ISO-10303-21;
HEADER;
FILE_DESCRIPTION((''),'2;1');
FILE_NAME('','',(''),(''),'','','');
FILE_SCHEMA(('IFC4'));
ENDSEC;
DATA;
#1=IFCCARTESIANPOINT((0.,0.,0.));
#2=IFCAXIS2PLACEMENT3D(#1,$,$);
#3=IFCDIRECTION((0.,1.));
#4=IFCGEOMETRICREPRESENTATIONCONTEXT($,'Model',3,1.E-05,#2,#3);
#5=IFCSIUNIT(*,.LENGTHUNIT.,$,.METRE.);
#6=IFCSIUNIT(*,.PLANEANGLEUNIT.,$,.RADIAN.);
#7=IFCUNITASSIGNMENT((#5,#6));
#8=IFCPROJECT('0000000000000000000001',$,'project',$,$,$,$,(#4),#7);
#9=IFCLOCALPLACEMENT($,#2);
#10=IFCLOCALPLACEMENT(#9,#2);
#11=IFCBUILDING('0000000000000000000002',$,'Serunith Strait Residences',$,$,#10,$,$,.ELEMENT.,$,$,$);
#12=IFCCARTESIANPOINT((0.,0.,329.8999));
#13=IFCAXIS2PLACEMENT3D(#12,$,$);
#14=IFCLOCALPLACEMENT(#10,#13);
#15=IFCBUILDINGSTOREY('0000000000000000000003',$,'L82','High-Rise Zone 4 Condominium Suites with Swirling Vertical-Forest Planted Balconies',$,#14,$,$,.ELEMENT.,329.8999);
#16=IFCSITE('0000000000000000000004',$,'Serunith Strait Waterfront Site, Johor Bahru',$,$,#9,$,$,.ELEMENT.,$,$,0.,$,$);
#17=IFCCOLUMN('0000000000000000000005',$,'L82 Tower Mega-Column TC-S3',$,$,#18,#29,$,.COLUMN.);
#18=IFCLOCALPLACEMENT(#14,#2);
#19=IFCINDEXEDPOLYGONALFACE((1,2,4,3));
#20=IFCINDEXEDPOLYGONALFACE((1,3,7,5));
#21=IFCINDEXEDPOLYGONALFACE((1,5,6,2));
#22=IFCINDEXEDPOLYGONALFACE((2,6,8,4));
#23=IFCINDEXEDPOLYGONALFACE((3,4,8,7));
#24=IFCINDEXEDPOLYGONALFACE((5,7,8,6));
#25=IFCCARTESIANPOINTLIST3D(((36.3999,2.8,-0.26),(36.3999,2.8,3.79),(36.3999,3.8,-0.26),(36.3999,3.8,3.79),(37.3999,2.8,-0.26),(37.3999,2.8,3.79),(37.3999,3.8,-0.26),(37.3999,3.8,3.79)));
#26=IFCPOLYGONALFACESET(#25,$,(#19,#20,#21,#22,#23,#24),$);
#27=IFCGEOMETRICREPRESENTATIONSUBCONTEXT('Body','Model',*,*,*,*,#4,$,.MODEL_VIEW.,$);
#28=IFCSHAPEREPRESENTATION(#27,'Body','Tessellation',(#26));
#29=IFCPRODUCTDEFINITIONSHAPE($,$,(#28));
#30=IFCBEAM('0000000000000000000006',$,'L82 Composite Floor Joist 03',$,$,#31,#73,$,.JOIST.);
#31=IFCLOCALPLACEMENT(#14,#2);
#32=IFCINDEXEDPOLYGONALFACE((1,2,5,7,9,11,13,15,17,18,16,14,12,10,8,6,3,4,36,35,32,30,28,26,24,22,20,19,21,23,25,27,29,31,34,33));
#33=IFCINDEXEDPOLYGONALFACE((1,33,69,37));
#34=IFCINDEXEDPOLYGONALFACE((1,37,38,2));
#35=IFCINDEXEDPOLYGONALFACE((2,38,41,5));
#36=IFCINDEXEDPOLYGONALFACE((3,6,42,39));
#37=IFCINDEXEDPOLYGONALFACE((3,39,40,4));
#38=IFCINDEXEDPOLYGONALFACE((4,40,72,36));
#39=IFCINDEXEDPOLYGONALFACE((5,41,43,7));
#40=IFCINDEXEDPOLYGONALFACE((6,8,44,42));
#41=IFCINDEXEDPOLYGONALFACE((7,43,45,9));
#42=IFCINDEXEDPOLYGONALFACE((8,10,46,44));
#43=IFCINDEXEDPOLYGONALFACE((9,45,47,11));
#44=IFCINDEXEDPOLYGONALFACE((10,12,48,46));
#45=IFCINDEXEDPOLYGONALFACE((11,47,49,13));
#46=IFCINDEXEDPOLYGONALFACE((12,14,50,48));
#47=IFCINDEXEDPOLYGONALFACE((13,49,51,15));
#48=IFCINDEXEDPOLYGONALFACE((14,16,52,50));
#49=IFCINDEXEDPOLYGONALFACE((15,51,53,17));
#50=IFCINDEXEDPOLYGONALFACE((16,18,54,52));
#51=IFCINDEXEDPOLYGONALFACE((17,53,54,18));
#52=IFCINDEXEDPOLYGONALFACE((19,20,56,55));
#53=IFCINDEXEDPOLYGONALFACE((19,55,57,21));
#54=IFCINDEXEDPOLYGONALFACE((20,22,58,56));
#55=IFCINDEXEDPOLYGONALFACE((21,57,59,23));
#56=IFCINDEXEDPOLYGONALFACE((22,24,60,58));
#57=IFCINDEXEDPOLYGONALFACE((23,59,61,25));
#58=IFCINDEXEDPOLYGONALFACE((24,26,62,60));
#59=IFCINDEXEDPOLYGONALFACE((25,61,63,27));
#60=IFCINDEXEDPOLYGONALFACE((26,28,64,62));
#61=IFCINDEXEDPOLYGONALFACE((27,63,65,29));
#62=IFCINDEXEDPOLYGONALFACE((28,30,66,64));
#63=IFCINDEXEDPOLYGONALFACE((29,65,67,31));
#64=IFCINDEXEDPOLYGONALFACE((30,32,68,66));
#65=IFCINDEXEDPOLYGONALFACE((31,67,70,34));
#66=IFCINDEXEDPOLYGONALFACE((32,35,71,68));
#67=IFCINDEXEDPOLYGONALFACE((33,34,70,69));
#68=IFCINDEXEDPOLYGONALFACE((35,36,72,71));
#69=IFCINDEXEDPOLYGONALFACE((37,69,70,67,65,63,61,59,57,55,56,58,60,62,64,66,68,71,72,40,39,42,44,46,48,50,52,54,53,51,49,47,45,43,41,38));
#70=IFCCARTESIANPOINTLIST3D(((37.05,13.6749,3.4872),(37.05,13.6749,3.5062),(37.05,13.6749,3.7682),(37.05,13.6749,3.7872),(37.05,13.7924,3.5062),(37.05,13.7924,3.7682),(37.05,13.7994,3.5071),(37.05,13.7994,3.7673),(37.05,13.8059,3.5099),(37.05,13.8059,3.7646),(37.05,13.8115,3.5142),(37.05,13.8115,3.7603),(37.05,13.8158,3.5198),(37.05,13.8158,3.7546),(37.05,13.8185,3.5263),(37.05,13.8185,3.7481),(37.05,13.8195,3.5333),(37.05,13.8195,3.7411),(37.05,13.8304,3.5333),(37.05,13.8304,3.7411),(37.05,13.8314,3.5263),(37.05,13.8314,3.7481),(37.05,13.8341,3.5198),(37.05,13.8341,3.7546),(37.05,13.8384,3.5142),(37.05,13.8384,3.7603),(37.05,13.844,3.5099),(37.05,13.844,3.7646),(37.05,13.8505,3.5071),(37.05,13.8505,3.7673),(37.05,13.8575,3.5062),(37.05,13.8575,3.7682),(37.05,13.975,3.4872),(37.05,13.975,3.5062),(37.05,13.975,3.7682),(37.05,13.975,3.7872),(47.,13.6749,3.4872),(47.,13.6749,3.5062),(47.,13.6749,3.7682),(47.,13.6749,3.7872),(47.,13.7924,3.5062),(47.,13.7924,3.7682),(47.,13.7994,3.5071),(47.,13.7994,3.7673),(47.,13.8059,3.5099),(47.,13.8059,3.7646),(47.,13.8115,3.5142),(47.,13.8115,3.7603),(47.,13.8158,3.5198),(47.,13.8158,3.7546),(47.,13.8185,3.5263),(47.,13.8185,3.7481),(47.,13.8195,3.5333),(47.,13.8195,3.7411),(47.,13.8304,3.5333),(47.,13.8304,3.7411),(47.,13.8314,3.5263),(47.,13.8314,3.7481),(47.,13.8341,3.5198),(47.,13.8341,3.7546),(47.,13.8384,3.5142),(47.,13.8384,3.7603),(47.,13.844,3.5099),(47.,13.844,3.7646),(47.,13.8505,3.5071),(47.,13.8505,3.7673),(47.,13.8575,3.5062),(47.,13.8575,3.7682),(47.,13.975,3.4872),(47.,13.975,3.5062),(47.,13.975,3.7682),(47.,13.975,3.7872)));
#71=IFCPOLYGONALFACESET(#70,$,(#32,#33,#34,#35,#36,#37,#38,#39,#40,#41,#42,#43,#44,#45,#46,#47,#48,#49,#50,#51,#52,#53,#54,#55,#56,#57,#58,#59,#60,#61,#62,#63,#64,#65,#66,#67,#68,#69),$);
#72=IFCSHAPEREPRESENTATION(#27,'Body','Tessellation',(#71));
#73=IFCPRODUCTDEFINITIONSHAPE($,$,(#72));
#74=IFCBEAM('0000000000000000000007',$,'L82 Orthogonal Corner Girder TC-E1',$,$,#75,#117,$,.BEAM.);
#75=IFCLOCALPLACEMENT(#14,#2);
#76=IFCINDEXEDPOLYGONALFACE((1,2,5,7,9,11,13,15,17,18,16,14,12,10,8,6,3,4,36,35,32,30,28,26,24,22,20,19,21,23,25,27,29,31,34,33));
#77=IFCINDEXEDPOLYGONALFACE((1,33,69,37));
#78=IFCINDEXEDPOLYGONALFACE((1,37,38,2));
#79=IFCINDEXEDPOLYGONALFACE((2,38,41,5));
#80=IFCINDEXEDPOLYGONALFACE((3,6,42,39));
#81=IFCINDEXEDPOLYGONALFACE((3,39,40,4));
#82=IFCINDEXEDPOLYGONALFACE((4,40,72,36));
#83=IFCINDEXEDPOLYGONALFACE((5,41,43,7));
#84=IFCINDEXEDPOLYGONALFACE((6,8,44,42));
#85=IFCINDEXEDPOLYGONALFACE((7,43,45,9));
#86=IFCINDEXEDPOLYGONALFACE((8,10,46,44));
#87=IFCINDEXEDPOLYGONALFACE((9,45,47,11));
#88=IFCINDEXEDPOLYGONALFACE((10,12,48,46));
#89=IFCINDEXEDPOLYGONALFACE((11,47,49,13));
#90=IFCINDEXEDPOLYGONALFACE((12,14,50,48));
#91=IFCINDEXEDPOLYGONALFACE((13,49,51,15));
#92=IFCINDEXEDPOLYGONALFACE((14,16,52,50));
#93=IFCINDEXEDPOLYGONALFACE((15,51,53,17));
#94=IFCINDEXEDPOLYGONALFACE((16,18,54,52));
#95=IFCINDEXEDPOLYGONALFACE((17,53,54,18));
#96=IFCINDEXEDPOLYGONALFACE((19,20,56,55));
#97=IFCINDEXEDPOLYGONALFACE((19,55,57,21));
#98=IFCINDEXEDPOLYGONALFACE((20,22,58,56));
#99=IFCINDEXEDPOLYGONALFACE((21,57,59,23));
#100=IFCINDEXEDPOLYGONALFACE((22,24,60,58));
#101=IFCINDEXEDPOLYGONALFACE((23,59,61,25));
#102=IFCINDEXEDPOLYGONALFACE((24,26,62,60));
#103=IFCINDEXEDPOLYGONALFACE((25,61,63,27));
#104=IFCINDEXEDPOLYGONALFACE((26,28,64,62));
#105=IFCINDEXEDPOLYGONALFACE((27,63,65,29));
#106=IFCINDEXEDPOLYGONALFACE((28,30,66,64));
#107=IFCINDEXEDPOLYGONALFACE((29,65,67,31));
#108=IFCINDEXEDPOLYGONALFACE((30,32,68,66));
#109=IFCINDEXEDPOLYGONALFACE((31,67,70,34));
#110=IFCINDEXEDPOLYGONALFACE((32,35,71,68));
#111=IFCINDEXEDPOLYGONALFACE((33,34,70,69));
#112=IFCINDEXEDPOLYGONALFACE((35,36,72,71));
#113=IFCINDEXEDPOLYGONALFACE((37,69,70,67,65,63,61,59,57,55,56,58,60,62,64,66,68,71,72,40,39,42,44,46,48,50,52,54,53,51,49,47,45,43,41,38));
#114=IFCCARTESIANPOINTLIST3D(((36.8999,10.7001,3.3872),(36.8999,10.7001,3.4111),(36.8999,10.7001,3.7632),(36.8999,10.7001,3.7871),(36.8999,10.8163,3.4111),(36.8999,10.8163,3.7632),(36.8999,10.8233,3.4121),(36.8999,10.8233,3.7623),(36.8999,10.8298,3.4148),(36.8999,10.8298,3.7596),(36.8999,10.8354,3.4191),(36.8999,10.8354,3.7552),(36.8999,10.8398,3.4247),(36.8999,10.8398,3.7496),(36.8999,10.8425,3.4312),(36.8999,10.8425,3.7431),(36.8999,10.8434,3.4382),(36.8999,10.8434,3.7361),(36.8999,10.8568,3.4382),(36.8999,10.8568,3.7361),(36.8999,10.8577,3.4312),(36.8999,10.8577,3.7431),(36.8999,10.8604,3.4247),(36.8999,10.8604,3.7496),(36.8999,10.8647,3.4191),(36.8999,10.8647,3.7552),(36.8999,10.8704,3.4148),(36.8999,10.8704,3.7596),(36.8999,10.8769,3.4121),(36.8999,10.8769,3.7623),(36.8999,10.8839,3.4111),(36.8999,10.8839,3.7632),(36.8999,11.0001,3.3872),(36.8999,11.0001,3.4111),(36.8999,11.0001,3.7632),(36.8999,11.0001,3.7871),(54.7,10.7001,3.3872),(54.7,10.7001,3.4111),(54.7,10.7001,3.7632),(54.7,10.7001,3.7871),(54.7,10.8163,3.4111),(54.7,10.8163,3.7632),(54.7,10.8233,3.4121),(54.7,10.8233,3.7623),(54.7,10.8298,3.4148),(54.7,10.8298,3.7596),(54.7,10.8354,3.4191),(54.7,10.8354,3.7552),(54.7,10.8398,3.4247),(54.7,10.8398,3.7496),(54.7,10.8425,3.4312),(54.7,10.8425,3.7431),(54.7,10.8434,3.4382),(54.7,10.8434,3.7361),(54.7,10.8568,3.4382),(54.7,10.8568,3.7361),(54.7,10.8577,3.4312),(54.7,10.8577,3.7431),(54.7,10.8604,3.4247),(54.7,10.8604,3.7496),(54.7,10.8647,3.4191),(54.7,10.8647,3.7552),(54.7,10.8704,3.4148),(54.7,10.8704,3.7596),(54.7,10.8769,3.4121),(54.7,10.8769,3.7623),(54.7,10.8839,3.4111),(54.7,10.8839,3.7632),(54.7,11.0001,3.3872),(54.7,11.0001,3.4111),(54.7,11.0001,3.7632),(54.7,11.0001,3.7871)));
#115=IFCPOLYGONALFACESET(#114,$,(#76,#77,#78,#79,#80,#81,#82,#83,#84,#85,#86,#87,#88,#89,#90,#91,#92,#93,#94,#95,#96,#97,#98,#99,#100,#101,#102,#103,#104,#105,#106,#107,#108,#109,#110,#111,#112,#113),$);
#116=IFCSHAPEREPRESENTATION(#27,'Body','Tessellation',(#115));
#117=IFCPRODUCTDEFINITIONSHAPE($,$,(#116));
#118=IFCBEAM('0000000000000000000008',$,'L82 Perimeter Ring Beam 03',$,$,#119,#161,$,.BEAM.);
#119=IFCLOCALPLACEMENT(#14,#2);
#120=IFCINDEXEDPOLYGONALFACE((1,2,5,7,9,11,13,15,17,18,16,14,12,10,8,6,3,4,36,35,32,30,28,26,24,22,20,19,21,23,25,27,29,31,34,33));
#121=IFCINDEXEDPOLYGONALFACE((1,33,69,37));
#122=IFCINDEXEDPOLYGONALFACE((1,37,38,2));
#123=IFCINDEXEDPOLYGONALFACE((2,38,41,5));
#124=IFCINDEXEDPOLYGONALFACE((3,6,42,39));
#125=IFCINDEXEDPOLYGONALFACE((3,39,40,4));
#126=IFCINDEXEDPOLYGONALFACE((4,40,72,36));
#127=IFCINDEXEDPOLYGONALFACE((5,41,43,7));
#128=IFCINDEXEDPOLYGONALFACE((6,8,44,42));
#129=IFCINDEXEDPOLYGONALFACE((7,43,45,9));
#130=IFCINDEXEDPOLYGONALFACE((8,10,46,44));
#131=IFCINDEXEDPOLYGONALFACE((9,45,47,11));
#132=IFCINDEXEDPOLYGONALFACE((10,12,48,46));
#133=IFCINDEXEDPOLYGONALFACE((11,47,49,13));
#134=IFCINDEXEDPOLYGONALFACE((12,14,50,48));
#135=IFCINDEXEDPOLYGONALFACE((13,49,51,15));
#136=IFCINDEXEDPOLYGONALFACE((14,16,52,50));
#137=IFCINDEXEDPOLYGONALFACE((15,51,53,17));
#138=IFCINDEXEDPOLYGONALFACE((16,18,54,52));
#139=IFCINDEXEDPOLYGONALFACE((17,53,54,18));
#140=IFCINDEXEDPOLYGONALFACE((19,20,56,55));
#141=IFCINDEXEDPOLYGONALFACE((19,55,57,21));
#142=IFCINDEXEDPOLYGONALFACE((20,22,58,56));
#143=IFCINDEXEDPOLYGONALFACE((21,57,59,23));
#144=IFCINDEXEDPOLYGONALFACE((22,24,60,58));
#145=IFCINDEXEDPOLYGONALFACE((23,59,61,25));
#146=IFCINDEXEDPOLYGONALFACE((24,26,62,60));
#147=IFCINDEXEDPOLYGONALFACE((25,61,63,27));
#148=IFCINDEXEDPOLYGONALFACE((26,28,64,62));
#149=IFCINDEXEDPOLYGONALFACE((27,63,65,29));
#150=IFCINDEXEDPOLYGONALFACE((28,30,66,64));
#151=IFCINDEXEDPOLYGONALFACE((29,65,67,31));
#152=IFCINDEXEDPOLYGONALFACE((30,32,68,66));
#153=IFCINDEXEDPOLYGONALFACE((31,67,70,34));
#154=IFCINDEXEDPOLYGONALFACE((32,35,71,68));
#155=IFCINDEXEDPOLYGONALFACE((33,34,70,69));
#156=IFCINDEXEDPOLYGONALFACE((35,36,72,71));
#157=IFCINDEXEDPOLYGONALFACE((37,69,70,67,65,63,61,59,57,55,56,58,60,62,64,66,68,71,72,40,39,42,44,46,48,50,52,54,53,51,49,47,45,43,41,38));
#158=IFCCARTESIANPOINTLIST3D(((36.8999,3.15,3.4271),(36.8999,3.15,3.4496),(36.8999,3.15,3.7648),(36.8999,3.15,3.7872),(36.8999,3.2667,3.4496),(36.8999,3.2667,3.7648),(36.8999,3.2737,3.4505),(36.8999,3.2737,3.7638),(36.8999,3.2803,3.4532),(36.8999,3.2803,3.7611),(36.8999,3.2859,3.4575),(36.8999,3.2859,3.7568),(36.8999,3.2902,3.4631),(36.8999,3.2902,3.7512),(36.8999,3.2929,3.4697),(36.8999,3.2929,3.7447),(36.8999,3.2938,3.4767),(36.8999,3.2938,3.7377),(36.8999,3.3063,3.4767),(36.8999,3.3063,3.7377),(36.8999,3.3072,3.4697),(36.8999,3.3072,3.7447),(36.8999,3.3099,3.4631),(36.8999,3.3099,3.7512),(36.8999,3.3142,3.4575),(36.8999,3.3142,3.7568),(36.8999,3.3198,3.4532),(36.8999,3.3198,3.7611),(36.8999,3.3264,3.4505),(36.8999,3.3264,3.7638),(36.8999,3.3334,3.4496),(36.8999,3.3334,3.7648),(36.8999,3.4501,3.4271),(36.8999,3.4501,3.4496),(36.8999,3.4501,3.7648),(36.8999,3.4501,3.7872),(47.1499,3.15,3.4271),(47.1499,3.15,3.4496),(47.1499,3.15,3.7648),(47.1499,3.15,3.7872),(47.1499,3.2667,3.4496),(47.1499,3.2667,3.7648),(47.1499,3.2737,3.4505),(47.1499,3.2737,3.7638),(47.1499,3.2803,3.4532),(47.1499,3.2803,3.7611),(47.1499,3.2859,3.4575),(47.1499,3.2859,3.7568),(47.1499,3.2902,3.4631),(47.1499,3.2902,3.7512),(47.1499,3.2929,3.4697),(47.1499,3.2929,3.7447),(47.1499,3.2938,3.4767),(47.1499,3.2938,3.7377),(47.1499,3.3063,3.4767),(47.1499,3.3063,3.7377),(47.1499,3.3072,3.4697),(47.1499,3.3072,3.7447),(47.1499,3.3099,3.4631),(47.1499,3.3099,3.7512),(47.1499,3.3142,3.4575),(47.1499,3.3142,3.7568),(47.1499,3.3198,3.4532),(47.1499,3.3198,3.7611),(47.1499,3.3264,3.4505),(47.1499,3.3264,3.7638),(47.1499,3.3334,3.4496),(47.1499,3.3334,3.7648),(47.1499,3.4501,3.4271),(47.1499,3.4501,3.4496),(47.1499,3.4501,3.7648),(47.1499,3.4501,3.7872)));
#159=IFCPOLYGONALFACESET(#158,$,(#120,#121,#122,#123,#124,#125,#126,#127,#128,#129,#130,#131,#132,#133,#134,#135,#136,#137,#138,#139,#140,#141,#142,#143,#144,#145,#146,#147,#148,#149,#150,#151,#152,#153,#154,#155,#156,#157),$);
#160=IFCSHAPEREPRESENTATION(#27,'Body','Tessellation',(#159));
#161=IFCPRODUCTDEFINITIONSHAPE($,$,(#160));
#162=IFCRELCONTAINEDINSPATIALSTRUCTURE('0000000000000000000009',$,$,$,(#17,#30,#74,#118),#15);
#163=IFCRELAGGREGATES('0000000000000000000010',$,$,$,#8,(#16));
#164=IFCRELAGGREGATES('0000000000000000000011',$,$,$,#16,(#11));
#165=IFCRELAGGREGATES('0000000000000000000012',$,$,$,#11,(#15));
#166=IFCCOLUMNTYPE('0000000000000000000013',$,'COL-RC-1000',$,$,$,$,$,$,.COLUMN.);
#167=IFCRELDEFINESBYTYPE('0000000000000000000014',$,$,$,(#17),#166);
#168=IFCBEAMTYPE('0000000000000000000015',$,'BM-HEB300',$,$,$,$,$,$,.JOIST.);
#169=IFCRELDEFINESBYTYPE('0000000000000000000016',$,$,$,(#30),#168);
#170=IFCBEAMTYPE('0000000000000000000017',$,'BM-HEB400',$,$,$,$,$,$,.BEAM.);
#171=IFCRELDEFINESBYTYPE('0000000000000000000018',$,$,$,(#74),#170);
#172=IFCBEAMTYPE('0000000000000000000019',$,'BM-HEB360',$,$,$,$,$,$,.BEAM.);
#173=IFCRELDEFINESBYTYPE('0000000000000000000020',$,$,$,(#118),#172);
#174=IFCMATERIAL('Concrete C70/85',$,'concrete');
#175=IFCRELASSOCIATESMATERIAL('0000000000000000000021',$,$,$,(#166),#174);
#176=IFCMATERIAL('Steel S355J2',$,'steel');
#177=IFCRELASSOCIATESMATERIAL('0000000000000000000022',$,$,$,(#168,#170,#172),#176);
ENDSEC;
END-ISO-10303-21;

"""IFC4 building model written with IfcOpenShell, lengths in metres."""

from ifc_helpers import new_model, si_unit, direction, frame, origin, origin_2d, place, context, subcontext, project, spatial, rectangle, i_section, extrude, source, transform, mapped, material, material_profile, profile_set, type_object, element, save


model = new_model("IFC4")

# Units and contexts
model_context = context("Model", 3, precision=1e-05, world=origin(), true_north=direction((0.0, 1.0)))
body_context = subcontext(model_context, "Body", "Model", "MODEL_VIEW")
ifc_project = project(units=[si_unit("LENGTHUNIT", "METRE"), si_unit("PLANEANGLEUNIT", "RADIAN")], contexts=[model_context])

# Site, building, storey
site_placement = place(None, origin())
site = spatial("IfcSite", under=ifc_project, at=site_placement, Name="Serunith Strait Waterfront Site, Johor Bahru", CompositionType="ELEMENT", RefElevation=0.0)
building_placement = place(site_placement, origin())
building = spatial("IfcBuilding", under=site, at=building_placement, Name="Serunith Strait Residences", CompositionType="ELEMENT")
storey_placement = place(building_placement, frame((0.0, 0.0, 329.8999)))
storey = spatial("IfcBuildingStorey", under=building, at=storey_placement, Name="L82", Description="High-Rise Zone 4 Condominium Suites with Swirling Vertical-Forest Planted Balconies", CompositionType="ELEMENT", Elevation=329.8999)

# Column
ifc_material_1 = material(Name="Concrete C70/85", Category="concrete")
ifc_material_profile_1 = material_profile(ifc_material_1, rectangle(XDim=1.0, YDim=1.0, at=origin_2d()), Name="RC 1000x1000")
ifc_profile_set_1 = profile_set([ifc_material_profile_1], Name="Concrete C70/85")
column_type = type_object("IfcColumnType", Name="COL-RC-1000", PredefinedType="COLUMN", material=ifc_profile_set_1)
shared_shape_1 = source(origin(), body_context, "Body", "SweptSolid", [
    extrude(rectangle(XDim=1.0, YDim=1.0, at=origin_2d()), origin(), (0.0, 0.0, 1.0), 4.05),
])
column_placement = place(storey_placement, frame((36.8999, 3.3, -0.26), z_axis=(0.0, 0.0, 1.0), x_axis=(1.0, 0.0, 0.0)))
element("IfcColumn", 1, at=column_placement, inside=storey, type_object=column_type, Name="L82 Tower Mega-Column TC-S3", PredefinedType="COLUMN", context=body_context, shape_type="MappedRepresentation", body=[
    mapped(shared_shape_1, transform((0.0, 0.0, 0.0), scale=1.0)),
])

# Beams
ifc_material_2 = material(Name="Steel S355J2", Category="steel")
ifc_material_profile_2 = material_profile(ifc_material_2, i_section(OverallWidth=0.3, OverallDepth=0.3, WebThickness=0.011, FlangeThickness=0.019, FilletRadius=0.0271, at=origin_2d()), Name="HEB 300")
ifc_profile_set_2 = profile_set([ifc_material_profile_2], Name="Steel S355J2")
beam_type_1 = type_object("IfcBeamType", Name="BM-HEB300", PredefinedType="JOIST", material=ifc_profile_set_2)
shared_shape_2 = source(origin(), body_context, "Body", "SweptSolid", [
    extrude(i_section(OverallWidth=0.3, OverallDepth=0.3, WebThickness=0.011, FlangeThickness=0.019, FilletRadius=0.0271, at=origin_2d()), origin(), (0.0, 0.0, 1.0), 9.95),
])
beam_1_placement = place(storey_placement, frame((37.05, 13.825, 3.6372), z_axis=(1.0, 0.0, 0.0), x_axis=(0.0, 1.0, 0.0)))
element("IfcBeam", 2, at=beam_1_placement, inside=storey, type_object=beam_type_1, Name="L82 Composite Floor Joist 03", PredefinedType="JOIST", context=body_context, shape_type="MappedRepresentation", body=[
    mapped(shared_shape_2, transform((0.0, 0.0, 0.0), scale=1.0)),
])
ifc_material_profile_3 = material_profile(ifc_material_2, i_section(OverallWidth=0.3, OverallDepth=0.3999, WebThickness=0.0134, FlangeThickness=0.0239, FilletRadius=0.0271, at=origin_2d()), Name="HEB 400")
ifc_profile_set_3 = profile_set([ifc_material_profile_3], Name="Steel S355J2")
beam_type_2 = type_object("IfcBeamType", Name="BM-HEB400", PredefinedType="BEAM", material=ifc_profile_set_3)
shared_shape_3 = source(origin(), body_context, "Body", "SweptSolid", [
    extrude(i_section(OverallWidth=0.3, OverallDepth=0.3999, WebThickness=0.0134, FlangeThickness=0.0239, FilletRadius=0.0271, at=origin_2d()), origin(), (0.0, 0.0, 1.0), 17.8),
])
beam_2_placement = place(storey_placement, frame((36.8999, 10.8501, 3.5872), z_axis=(1.0, 0.0, 0.0), x_axis=(0.0, 1.0, 0.0)))
element("IfcBeam", 3, at=beam_2_placement, inside=storey, type_object=beam_type_2, Name="L82 Orthogonal Corner Girder TC-E1", PredefinedType="BEAM", context=body_context, shape_type="MappedRepresentation", body=[
    mapped(shared_shape_3, transform((0.0, 0.0, 0.0), scale=1.0)),
])
ifc_material_profile_4 = material_profile(ifc_material_2, i_section(OverallWidth=0.3, OverallDepth=0.3601, WebThickness=0.0125, FlangeThickness=0.0225, FilletRadius=0.0271, at=origin_2d()), Name="HEB 360")
ifc_profile_set_4 = profile_set([ifc_material_profile_4], Name="Steel S355J2")
beam_type_3 = type_object("IfcBeamType", Name="BM-HEB360", PredefinedType="BEAM", material=ifc_profile_set_4)
shared_shape_4 = source(origin(), body_context, "Body", "SweptSolid", [
    extrude(i_section(OverallWidth=0.3, OverallDepth=0.3601, WebThickness=0.0125, FlangeThickness=0.0225, FilletRadius=0.0271, at=origin_2d()), origin(), (0.0, 0.0, 1.0), 10.25),
])
beam_3_placement = place(storey_placement, frame((36.8999, 3.3, 3.6072), z_axis=(1.0, 0.0, 0.0), x_axis=(0.0, 1.0, 0.0)))
element("IfcBeam", 4, at=beam_3_placement, inside=storey, type_object=beam_type_3, Name="L82 Perimeter Ring Beam 03", PredefinedType="BEAM", context=body_context, shape_type="MappedRepresentation", body=[
    mapped(shared_shape_4, transform((0.0, 0.0, 0.0), scale=1.0)),
])

save(model, "model.ifc")
